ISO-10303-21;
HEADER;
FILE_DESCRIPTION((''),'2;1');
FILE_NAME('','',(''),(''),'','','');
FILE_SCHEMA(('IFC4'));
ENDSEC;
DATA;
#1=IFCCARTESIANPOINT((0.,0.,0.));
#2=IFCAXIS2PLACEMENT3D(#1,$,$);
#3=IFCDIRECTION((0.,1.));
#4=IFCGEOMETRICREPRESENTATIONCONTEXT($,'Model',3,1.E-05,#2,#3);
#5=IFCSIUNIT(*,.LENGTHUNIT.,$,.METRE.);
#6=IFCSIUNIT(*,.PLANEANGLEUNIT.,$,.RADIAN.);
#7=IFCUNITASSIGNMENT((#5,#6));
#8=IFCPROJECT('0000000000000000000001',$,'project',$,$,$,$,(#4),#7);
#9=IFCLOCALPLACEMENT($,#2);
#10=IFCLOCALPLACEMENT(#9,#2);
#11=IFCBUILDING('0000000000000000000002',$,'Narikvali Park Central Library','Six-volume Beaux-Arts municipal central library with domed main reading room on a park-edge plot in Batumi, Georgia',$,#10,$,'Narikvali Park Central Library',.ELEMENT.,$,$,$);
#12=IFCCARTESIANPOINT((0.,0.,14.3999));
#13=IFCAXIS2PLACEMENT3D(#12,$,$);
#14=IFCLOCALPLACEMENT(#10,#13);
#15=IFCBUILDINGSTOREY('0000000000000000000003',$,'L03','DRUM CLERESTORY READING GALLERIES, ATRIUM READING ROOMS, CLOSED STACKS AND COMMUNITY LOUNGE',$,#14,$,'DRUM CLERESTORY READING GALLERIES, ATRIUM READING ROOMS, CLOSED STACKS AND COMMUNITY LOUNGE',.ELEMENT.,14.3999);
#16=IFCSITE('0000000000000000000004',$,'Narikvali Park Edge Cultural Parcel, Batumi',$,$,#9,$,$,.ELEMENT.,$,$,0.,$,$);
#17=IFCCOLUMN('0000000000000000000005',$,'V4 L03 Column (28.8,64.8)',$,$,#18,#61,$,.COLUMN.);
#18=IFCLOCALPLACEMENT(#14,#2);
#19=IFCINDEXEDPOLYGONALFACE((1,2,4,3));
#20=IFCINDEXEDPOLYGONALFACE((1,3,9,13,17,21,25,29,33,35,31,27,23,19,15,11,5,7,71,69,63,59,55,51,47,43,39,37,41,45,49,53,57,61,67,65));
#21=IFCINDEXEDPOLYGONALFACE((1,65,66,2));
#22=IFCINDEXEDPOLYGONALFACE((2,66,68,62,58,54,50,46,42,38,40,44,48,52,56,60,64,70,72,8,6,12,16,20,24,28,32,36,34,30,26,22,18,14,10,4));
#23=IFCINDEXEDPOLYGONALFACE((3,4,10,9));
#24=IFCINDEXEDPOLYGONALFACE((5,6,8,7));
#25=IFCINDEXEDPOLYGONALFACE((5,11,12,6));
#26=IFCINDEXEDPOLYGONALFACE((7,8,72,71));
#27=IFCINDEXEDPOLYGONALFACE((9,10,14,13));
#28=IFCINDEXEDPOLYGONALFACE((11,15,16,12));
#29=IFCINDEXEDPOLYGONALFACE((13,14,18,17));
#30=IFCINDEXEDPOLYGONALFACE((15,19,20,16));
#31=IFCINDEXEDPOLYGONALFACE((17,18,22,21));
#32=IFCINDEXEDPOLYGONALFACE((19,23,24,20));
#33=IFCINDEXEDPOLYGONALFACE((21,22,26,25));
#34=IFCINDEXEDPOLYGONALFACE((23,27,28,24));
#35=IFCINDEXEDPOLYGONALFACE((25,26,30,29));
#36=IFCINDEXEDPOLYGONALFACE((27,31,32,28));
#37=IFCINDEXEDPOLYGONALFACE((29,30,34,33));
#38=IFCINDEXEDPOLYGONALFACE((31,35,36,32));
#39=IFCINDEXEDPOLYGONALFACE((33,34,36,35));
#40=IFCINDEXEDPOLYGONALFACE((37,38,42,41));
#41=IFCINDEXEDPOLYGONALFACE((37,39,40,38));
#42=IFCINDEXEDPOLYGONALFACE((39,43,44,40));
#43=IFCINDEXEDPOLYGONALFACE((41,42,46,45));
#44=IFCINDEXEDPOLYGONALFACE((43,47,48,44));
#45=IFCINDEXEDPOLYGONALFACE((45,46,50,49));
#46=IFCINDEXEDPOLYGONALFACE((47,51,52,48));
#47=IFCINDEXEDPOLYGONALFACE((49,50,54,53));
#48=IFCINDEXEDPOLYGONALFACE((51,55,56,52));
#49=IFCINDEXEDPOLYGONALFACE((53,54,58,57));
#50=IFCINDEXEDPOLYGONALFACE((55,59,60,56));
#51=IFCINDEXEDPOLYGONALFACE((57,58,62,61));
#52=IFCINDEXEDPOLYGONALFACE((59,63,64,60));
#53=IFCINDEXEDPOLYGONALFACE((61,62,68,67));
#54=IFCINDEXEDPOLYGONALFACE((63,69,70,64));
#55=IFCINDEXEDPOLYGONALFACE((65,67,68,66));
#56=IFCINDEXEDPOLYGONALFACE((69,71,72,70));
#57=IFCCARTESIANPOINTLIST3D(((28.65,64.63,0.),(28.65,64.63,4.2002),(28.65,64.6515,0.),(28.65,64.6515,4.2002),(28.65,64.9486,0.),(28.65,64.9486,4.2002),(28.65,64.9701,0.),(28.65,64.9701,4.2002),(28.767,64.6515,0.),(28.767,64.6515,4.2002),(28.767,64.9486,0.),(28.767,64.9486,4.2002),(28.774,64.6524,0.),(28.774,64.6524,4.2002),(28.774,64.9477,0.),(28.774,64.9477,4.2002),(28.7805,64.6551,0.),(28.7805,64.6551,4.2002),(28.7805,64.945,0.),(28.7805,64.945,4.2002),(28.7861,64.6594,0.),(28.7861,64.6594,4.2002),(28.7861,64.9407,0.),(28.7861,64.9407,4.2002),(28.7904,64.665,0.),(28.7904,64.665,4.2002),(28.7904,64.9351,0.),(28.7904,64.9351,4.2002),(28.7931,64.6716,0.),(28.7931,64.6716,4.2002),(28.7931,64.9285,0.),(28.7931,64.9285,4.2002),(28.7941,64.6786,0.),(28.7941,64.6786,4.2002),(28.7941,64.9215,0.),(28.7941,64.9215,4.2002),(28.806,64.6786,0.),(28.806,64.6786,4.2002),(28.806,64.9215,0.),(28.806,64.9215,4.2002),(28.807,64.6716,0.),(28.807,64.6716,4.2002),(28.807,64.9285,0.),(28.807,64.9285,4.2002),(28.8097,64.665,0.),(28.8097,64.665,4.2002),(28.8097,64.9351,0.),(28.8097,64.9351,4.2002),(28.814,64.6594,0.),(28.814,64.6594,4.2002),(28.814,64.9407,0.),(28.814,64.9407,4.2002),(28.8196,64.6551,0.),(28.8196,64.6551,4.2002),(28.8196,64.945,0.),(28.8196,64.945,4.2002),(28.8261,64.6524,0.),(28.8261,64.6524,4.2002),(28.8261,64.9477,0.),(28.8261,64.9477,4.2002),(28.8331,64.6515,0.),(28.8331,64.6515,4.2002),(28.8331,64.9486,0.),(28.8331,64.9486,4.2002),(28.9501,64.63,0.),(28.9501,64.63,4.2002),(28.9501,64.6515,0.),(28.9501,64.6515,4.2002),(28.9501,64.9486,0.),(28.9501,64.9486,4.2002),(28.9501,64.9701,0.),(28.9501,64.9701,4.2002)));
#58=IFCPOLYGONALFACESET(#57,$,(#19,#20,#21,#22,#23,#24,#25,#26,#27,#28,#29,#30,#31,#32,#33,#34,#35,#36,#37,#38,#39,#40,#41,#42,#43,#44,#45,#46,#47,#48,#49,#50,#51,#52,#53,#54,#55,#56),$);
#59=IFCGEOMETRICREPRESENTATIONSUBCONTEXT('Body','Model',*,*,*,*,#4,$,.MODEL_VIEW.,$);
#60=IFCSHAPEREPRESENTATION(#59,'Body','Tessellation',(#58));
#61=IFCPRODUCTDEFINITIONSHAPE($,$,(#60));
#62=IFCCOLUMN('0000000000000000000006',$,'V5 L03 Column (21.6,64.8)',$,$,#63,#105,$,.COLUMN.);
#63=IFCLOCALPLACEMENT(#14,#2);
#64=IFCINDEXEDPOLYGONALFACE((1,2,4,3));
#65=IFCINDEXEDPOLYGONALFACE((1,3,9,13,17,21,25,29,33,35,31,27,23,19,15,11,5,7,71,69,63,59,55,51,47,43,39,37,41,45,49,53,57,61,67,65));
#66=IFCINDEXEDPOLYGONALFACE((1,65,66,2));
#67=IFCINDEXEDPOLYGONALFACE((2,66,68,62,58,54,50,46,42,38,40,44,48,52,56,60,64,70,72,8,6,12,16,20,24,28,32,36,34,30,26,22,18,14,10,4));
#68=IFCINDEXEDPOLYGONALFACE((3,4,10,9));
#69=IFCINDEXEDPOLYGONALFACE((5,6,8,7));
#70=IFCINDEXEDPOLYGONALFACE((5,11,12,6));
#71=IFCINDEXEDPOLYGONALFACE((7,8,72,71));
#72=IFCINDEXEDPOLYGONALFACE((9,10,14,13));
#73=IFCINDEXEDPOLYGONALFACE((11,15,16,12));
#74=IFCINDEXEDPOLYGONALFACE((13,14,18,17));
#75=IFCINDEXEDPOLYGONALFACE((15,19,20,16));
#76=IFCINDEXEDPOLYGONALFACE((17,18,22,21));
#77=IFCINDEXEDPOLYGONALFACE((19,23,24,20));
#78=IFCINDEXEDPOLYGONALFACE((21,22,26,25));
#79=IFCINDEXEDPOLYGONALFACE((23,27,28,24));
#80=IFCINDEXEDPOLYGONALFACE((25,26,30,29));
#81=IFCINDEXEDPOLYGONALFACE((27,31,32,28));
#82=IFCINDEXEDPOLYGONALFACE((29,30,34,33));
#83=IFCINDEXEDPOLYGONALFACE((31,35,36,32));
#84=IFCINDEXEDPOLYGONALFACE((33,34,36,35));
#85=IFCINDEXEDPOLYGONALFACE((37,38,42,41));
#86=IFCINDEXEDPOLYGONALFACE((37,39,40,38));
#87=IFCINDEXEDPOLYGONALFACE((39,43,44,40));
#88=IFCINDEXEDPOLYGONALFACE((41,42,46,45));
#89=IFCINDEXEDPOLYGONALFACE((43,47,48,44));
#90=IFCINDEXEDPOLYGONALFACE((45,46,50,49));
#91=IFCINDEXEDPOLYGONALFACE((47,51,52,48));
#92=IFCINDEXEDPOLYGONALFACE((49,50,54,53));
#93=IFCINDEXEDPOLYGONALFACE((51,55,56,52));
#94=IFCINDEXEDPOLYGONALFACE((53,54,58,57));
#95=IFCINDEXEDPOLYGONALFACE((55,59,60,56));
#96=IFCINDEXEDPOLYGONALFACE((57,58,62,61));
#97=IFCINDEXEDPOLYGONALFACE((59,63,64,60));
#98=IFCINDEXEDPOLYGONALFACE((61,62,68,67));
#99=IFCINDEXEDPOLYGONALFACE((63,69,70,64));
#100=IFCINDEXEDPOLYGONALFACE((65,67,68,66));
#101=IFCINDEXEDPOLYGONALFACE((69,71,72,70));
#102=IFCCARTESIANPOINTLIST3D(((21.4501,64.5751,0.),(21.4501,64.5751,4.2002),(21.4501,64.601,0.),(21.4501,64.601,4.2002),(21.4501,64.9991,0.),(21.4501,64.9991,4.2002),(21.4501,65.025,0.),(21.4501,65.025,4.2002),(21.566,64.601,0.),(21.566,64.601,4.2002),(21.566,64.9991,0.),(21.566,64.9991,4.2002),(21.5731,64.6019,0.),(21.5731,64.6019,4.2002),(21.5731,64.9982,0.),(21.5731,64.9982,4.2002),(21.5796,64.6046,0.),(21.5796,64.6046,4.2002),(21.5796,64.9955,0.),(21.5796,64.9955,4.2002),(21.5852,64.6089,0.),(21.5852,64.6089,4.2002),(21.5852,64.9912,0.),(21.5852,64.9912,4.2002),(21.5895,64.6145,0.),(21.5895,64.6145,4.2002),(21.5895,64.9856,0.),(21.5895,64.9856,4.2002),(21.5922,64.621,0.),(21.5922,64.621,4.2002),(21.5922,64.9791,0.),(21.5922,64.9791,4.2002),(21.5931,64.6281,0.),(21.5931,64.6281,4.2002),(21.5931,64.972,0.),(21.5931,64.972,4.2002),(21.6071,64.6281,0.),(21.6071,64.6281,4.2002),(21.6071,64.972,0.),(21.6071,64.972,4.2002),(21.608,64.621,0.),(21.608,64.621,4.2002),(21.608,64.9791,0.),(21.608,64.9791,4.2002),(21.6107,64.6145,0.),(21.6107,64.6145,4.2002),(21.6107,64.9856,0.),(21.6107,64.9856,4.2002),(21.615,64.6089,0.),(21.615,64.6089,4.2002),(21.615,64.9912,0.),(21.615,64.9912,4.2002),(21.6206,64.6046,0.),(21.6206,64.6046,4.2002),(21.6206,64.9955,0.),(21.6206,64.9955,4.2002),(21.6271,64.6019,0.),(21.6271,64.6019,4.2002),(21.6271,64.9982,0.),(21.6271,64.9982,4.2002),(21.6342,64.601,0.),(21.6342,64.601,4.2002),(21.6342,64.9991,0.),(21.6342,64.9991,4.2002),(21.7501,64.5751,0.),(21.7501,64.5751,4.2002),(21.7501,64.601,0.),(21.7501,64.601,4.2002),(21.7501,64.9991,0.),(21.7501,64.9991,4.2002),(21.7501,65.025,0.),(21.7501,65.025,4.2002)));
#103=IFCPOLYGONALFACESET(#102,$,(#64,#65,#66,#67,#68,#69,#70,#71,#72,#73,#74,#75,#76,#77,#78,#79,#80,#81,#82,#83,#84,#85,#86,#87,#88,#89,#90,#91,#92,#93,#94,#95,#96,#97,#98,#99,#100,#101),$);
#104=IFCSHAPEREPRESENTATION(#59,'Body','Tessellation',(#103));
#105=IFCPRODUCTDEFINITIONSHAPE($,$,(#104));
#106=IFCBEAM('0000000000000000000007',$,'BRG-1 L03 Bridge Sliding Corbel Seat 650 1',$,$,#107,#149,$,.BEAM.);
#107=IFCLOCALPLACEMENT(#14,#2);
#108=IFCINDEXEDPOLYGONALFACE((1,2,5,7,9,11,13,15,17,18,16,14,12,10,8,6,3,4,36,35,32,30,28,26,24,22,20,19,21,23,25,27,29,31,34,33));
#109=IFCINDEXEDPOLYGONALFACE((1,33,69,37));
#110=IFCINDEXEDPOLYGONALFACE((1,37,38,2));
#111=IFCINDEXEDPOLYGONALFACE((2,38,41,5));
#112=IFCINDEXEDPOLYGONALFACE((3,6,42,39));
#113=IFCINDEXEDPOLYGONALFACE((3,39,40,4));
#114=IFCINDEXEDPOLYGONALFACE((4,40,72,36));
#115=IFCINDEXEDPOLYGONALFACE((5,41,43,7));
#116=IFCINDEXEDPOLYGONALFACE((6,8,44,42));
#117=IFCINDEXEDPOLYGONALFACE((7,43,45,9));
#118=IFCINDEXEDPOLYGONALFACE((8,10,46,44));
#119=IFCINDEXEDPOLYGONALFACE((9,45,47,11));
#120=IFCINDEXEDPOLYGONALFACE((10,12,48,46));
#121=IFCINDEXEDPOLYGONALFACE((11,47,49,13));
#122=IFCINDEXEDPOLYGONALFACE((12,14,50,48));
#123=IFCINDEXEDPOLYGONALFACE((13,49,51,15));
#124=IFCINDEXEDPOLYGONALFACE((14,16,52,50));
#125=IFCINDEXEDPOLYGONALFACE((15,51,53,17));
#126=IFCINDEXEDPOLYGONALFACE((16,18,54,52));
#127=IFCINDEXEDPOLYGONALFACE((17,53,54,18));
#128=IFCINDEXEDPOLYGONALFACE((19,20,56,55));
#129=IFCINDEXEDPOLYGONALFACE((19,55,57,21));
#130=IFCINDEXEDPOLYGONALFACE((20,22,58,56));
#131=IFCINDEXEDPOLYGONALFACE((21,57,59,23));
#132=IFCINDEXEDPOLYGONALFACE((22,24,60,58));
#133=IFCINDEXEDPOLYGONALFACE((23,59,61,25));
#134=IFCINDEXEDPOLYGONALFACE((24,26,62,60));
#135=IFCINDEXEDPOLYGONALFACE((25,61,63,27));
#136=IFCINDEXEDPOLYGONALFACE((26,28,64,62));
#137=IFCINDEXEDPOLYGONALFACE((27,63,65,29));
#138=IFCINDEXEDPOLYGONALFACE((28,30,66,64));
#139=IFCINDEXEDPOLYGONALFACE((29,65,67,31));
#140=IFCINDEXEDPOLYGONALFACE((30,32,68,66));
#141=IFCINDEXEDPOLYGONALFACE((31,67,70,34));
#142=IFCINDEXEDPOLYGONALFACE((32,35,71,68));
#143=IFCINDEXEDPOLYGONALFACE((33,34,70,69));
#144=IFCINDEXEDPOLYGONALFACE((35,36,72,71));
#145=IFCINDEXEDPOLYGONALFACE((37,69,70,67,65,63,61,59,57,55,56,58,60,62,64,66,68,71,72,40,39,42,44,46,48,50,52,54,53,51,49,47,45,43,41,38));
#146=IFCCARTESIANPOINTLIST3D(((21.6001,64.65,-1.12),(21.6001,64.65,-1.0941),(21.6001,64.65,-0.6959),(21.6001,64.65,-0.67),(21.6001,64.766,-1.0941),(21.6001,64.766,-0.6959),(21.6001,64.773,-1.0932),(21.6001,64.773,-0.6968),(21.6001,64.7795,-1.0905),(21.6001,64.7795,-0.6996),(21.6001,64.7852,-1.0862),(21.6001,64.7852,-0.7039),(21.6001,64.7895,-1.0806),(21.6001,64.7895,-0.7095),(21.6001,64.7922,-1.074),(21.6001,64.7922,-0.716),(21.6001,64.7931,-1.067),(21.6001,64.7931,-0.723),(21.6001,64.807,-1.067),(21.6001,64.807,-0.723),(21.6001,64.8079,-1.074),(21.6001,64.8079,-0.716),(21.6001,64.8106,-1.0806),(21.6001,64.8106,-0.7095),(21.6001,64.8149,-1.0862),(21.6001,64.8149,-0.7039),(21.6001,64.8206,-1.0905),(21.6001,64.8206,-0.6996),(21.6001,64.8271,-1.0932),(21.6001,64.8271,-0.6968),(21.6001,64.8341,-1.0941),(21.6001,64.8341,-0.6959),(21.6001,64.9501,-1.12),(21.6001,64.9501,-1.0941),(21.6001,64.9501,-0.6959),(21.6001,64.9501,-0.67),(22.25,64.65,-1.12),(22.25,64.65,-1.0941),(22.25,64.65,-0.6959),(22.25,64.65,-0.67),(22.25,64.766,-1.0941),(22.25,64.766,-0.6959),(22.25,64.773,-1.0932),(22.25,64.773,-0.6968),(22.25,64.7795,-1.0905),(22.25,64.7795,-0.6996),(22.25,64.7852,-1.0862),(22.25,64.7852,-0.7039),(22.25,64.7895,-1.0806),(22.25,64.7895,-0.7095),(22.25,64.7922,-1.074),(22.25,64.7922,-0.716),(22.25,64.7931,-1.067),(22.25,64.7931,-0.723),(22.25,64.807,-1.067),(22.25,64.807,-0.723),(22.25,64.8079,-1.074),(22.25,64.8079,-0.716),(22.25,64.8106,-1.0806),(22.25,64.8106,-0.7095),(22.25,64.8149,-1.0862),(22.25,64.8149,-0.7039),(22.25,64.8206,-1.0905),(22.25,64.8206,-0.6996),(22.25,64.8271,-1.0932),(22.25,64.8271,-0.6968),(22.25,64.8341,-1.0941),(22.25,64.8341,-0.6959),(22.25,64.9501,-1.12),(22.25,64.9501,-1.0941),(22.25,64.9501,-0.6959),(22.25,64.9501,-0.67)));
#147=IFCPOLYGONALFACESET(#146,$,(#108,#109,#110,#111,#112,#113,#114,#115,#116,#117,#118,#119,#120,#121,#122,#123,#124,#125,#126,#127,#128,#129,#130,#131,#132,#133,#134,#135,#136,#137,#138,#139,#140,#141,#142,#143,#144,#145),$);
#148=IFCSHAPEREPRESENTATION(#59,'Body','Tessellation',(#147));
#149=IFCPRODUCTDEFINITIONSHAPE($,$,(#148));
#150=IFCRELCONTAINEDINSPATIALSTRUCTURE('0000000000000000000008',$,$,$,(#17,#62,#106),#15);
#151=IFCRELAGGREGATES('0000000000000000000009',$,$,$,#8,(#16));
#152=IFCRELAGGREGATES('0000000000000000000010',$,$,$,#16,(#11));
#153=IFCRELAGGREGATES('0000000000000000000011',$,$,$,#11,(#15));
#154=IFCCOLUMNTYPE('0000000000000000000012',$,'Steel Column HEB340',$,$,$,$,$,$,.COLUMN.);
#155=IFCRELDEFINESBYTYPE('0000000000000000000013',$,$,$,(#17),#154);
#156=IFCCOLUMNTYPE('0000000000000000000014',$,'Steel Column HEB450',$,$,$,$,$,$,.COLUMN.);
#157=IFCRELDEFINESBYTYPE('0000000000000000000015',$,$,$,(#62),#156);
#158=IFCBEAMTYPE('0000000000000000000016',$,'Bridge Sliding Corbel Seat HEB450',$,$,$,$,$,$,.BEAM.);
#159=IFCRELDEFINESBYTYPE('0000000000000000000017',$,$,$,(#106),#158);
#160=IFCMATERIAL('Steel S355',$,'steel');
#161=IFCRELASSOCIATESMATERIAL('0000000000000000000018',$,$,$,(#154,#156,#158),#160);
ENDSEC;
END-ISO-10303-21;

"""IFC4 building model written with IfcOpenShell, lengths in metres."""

from ifc_helpers import new_model, si_unit, direction, frame, origin, origin_2d, place, context, subcontext, project, spatial, i_section, extrude, material, material_profile, profile_set, type_object, element, save


model = new_model("IFC4")

# Units and contexts
model_context = context("Model", 3, precision=1e-05, world=origin(), true_north=direction((0.0, 1.0)))
body_context = subcontext(model_context, "Body", "Model", "MODEL_VIEW")
ifc_project = project(units=[si_unit("LENGTHUNIT", "METRE"), si_unit("PLANEANGLEUNIT", "RADIAN")], contexts=[model_context])

# Site, building, storey
site_placement = place(None, origin())
site = spatial("IfcSite", under=ifc_project, at=site_placement, Name="Narikvali Park Edge Cultural Parcel, Batumi", CompositionType="ELEMENT", RefElevation=0.0)
building_placement = place(site_placement, origin())
building = spatial("IfcBuilding", under=site, at=building_placement, Name="Narikvali Park Central Library", Description="Six-volume Beaux-Arts municipal central library with domed main reading room on a park-edge plot in Batumi, Georgia", LongName="Narikvali Park Central Library", CompositionType="ELEMENT")
storey_placement = place(building_placement, frame((0.0, 0.0, 14.3999)))
storey = spatial("IfcBuildingStorey", under=building, at=storey_placement, Name="L03", Description="DRUM CLERESTORY READING GALLERIES, ATRIUM READING ROOMS, CLOSED STACKS AND COMMUNITY LOUNGE", LongName="DRUM CLERESTORY READING GALLERIES, ATRIUM READING ROOMS, CLOSED STACKS AND COMMUNITY LOUNGE", CompositionType="ELEMENT", Elevation=14.3999)

# Columns
ifc_material_1 = material(Name="Steel S355", Category="steel")
ifc_material_profile_1 = material_profile(ifc_material_1, i_section(OverallWidth=0.3, OverallDepth=0.3401, WebThickness=0.012, FlangeThickness=0.0215, FilletRadius=0.0271, at=origin_2d()), Name="HEB 340")
ifc_profile_set_1 = profile_set([ifc_material_profile_1], Name="Steel S355")
column_type_1 = type_object("IfcColumnType", Name="Steel Column HEB340", PredefinedType="COLUMN", material=ifc_profile_set_1)
column_1_placement = place(storey_placement, frame((28.8, 64.8, 0.0), z_axis=(0.0, 0.0, 1.0), x_axis=(1.0, 0.0, 0.0)))
element("IfcColumn", 1, at=column_1_placement, inside=storey, type_object=column_type_1, Name="V4 L03 Column (28.8,64.8)", PredefinedType="COLUMN", context=body_context, shape_type="SweptSolid", body=[
    extrude(i_section(OverallWidth=0.3, OverallDepth=0.3401, WebThickness=0.012, FlangeThickness=0.0215, FilletRadius=0.0271, at=origin_2d()), origin(), (0.0, 0.0, 1.0), 4.2002),
])
ifc_material_profile_2 = material_profile(ifc_material_1, i_section(OverallWidth=0.3, OverallDepth=0.45, WebThickness=0.0139, FlangeThickness=0.0259, FilletRadius=0.0271, at=origin_2d()), Name="HEB 450")
ifc_profile_set_2 = profile_set([ifc_material_profile_2], Name="Steel S355")
column_type_2 = type_object("IfcColumnType", Name="Steel Column HEB450", PredefinedType="COLUMN", material=ifc_profile_set_2)
column_2_placement = place(storey_placement, frame((21.6001, 64.8, 0.0), z_axis=(0.0, 0.0, 1.0), x_axis=(1.0, 0.0, 0.0)))
element("IfcColumn", 2, at=column_2_placement, inside=storey, type_object=column_type_2, Name="V5 L03 Column (21.6,64.8)", PredefinedType="COLUMN", context=body_context, shape_type="SweptSolid", body=[
    extrude(i_section(OverallWidth=0.3, OverallDepth=0.45, WebThickness=0.0139, FlangeThickness=0.0259, FilletRadius=0.0271, at=origin_2d()), origin(), (0.0, 0.0, 1.0), 4.2002),
])

# Beam
ifc_material_profile_3 = material_profile(ifc_material_1, i_section(OverallWidth=0.3, OverallDepth=0.45, WebThickness=0.0139, FlangeThickness=0.0259, FilletRadius=0.0271, at=origin_2d()), Name="HEB 450")
ifc_profile_set_3 = profile_set([ifc_material_profile_3], Name="Steel S355")
beam_type_1 = type_object("IfcBeamType", Name="Bridge Sliding Corbel Seat HEB450", PredefinedType="BEAM", material=ifc_profile_set_3)
beam_1_placement = place(storey_placement, frame((21.6001, 64.8, -0.895), z_axis=(1.0, 0.0, 0.0), x_axis=(0.0, 1.0, 0.0)))
element("IfcBeam", 3, at=beam_1_placement, inside=storey, type_object=beam_type_1, Name="BRG-1 L03 Bridge Sliding Corbel Seat 650 1", PredefinedType="BEAM", context=body_context, shape_type="SweptSolid", body=[
    extrude(i_section(OverallWidth=0.3, OverallDepth=0.45, WebThickness=0.0139, FlangeThickness=0.0259, FilletRadius=0.0271, at=origin_2d()), origin(), (0.0, 0.0, 1.0), 0.6499),
])

save(model, "model.ifc")
